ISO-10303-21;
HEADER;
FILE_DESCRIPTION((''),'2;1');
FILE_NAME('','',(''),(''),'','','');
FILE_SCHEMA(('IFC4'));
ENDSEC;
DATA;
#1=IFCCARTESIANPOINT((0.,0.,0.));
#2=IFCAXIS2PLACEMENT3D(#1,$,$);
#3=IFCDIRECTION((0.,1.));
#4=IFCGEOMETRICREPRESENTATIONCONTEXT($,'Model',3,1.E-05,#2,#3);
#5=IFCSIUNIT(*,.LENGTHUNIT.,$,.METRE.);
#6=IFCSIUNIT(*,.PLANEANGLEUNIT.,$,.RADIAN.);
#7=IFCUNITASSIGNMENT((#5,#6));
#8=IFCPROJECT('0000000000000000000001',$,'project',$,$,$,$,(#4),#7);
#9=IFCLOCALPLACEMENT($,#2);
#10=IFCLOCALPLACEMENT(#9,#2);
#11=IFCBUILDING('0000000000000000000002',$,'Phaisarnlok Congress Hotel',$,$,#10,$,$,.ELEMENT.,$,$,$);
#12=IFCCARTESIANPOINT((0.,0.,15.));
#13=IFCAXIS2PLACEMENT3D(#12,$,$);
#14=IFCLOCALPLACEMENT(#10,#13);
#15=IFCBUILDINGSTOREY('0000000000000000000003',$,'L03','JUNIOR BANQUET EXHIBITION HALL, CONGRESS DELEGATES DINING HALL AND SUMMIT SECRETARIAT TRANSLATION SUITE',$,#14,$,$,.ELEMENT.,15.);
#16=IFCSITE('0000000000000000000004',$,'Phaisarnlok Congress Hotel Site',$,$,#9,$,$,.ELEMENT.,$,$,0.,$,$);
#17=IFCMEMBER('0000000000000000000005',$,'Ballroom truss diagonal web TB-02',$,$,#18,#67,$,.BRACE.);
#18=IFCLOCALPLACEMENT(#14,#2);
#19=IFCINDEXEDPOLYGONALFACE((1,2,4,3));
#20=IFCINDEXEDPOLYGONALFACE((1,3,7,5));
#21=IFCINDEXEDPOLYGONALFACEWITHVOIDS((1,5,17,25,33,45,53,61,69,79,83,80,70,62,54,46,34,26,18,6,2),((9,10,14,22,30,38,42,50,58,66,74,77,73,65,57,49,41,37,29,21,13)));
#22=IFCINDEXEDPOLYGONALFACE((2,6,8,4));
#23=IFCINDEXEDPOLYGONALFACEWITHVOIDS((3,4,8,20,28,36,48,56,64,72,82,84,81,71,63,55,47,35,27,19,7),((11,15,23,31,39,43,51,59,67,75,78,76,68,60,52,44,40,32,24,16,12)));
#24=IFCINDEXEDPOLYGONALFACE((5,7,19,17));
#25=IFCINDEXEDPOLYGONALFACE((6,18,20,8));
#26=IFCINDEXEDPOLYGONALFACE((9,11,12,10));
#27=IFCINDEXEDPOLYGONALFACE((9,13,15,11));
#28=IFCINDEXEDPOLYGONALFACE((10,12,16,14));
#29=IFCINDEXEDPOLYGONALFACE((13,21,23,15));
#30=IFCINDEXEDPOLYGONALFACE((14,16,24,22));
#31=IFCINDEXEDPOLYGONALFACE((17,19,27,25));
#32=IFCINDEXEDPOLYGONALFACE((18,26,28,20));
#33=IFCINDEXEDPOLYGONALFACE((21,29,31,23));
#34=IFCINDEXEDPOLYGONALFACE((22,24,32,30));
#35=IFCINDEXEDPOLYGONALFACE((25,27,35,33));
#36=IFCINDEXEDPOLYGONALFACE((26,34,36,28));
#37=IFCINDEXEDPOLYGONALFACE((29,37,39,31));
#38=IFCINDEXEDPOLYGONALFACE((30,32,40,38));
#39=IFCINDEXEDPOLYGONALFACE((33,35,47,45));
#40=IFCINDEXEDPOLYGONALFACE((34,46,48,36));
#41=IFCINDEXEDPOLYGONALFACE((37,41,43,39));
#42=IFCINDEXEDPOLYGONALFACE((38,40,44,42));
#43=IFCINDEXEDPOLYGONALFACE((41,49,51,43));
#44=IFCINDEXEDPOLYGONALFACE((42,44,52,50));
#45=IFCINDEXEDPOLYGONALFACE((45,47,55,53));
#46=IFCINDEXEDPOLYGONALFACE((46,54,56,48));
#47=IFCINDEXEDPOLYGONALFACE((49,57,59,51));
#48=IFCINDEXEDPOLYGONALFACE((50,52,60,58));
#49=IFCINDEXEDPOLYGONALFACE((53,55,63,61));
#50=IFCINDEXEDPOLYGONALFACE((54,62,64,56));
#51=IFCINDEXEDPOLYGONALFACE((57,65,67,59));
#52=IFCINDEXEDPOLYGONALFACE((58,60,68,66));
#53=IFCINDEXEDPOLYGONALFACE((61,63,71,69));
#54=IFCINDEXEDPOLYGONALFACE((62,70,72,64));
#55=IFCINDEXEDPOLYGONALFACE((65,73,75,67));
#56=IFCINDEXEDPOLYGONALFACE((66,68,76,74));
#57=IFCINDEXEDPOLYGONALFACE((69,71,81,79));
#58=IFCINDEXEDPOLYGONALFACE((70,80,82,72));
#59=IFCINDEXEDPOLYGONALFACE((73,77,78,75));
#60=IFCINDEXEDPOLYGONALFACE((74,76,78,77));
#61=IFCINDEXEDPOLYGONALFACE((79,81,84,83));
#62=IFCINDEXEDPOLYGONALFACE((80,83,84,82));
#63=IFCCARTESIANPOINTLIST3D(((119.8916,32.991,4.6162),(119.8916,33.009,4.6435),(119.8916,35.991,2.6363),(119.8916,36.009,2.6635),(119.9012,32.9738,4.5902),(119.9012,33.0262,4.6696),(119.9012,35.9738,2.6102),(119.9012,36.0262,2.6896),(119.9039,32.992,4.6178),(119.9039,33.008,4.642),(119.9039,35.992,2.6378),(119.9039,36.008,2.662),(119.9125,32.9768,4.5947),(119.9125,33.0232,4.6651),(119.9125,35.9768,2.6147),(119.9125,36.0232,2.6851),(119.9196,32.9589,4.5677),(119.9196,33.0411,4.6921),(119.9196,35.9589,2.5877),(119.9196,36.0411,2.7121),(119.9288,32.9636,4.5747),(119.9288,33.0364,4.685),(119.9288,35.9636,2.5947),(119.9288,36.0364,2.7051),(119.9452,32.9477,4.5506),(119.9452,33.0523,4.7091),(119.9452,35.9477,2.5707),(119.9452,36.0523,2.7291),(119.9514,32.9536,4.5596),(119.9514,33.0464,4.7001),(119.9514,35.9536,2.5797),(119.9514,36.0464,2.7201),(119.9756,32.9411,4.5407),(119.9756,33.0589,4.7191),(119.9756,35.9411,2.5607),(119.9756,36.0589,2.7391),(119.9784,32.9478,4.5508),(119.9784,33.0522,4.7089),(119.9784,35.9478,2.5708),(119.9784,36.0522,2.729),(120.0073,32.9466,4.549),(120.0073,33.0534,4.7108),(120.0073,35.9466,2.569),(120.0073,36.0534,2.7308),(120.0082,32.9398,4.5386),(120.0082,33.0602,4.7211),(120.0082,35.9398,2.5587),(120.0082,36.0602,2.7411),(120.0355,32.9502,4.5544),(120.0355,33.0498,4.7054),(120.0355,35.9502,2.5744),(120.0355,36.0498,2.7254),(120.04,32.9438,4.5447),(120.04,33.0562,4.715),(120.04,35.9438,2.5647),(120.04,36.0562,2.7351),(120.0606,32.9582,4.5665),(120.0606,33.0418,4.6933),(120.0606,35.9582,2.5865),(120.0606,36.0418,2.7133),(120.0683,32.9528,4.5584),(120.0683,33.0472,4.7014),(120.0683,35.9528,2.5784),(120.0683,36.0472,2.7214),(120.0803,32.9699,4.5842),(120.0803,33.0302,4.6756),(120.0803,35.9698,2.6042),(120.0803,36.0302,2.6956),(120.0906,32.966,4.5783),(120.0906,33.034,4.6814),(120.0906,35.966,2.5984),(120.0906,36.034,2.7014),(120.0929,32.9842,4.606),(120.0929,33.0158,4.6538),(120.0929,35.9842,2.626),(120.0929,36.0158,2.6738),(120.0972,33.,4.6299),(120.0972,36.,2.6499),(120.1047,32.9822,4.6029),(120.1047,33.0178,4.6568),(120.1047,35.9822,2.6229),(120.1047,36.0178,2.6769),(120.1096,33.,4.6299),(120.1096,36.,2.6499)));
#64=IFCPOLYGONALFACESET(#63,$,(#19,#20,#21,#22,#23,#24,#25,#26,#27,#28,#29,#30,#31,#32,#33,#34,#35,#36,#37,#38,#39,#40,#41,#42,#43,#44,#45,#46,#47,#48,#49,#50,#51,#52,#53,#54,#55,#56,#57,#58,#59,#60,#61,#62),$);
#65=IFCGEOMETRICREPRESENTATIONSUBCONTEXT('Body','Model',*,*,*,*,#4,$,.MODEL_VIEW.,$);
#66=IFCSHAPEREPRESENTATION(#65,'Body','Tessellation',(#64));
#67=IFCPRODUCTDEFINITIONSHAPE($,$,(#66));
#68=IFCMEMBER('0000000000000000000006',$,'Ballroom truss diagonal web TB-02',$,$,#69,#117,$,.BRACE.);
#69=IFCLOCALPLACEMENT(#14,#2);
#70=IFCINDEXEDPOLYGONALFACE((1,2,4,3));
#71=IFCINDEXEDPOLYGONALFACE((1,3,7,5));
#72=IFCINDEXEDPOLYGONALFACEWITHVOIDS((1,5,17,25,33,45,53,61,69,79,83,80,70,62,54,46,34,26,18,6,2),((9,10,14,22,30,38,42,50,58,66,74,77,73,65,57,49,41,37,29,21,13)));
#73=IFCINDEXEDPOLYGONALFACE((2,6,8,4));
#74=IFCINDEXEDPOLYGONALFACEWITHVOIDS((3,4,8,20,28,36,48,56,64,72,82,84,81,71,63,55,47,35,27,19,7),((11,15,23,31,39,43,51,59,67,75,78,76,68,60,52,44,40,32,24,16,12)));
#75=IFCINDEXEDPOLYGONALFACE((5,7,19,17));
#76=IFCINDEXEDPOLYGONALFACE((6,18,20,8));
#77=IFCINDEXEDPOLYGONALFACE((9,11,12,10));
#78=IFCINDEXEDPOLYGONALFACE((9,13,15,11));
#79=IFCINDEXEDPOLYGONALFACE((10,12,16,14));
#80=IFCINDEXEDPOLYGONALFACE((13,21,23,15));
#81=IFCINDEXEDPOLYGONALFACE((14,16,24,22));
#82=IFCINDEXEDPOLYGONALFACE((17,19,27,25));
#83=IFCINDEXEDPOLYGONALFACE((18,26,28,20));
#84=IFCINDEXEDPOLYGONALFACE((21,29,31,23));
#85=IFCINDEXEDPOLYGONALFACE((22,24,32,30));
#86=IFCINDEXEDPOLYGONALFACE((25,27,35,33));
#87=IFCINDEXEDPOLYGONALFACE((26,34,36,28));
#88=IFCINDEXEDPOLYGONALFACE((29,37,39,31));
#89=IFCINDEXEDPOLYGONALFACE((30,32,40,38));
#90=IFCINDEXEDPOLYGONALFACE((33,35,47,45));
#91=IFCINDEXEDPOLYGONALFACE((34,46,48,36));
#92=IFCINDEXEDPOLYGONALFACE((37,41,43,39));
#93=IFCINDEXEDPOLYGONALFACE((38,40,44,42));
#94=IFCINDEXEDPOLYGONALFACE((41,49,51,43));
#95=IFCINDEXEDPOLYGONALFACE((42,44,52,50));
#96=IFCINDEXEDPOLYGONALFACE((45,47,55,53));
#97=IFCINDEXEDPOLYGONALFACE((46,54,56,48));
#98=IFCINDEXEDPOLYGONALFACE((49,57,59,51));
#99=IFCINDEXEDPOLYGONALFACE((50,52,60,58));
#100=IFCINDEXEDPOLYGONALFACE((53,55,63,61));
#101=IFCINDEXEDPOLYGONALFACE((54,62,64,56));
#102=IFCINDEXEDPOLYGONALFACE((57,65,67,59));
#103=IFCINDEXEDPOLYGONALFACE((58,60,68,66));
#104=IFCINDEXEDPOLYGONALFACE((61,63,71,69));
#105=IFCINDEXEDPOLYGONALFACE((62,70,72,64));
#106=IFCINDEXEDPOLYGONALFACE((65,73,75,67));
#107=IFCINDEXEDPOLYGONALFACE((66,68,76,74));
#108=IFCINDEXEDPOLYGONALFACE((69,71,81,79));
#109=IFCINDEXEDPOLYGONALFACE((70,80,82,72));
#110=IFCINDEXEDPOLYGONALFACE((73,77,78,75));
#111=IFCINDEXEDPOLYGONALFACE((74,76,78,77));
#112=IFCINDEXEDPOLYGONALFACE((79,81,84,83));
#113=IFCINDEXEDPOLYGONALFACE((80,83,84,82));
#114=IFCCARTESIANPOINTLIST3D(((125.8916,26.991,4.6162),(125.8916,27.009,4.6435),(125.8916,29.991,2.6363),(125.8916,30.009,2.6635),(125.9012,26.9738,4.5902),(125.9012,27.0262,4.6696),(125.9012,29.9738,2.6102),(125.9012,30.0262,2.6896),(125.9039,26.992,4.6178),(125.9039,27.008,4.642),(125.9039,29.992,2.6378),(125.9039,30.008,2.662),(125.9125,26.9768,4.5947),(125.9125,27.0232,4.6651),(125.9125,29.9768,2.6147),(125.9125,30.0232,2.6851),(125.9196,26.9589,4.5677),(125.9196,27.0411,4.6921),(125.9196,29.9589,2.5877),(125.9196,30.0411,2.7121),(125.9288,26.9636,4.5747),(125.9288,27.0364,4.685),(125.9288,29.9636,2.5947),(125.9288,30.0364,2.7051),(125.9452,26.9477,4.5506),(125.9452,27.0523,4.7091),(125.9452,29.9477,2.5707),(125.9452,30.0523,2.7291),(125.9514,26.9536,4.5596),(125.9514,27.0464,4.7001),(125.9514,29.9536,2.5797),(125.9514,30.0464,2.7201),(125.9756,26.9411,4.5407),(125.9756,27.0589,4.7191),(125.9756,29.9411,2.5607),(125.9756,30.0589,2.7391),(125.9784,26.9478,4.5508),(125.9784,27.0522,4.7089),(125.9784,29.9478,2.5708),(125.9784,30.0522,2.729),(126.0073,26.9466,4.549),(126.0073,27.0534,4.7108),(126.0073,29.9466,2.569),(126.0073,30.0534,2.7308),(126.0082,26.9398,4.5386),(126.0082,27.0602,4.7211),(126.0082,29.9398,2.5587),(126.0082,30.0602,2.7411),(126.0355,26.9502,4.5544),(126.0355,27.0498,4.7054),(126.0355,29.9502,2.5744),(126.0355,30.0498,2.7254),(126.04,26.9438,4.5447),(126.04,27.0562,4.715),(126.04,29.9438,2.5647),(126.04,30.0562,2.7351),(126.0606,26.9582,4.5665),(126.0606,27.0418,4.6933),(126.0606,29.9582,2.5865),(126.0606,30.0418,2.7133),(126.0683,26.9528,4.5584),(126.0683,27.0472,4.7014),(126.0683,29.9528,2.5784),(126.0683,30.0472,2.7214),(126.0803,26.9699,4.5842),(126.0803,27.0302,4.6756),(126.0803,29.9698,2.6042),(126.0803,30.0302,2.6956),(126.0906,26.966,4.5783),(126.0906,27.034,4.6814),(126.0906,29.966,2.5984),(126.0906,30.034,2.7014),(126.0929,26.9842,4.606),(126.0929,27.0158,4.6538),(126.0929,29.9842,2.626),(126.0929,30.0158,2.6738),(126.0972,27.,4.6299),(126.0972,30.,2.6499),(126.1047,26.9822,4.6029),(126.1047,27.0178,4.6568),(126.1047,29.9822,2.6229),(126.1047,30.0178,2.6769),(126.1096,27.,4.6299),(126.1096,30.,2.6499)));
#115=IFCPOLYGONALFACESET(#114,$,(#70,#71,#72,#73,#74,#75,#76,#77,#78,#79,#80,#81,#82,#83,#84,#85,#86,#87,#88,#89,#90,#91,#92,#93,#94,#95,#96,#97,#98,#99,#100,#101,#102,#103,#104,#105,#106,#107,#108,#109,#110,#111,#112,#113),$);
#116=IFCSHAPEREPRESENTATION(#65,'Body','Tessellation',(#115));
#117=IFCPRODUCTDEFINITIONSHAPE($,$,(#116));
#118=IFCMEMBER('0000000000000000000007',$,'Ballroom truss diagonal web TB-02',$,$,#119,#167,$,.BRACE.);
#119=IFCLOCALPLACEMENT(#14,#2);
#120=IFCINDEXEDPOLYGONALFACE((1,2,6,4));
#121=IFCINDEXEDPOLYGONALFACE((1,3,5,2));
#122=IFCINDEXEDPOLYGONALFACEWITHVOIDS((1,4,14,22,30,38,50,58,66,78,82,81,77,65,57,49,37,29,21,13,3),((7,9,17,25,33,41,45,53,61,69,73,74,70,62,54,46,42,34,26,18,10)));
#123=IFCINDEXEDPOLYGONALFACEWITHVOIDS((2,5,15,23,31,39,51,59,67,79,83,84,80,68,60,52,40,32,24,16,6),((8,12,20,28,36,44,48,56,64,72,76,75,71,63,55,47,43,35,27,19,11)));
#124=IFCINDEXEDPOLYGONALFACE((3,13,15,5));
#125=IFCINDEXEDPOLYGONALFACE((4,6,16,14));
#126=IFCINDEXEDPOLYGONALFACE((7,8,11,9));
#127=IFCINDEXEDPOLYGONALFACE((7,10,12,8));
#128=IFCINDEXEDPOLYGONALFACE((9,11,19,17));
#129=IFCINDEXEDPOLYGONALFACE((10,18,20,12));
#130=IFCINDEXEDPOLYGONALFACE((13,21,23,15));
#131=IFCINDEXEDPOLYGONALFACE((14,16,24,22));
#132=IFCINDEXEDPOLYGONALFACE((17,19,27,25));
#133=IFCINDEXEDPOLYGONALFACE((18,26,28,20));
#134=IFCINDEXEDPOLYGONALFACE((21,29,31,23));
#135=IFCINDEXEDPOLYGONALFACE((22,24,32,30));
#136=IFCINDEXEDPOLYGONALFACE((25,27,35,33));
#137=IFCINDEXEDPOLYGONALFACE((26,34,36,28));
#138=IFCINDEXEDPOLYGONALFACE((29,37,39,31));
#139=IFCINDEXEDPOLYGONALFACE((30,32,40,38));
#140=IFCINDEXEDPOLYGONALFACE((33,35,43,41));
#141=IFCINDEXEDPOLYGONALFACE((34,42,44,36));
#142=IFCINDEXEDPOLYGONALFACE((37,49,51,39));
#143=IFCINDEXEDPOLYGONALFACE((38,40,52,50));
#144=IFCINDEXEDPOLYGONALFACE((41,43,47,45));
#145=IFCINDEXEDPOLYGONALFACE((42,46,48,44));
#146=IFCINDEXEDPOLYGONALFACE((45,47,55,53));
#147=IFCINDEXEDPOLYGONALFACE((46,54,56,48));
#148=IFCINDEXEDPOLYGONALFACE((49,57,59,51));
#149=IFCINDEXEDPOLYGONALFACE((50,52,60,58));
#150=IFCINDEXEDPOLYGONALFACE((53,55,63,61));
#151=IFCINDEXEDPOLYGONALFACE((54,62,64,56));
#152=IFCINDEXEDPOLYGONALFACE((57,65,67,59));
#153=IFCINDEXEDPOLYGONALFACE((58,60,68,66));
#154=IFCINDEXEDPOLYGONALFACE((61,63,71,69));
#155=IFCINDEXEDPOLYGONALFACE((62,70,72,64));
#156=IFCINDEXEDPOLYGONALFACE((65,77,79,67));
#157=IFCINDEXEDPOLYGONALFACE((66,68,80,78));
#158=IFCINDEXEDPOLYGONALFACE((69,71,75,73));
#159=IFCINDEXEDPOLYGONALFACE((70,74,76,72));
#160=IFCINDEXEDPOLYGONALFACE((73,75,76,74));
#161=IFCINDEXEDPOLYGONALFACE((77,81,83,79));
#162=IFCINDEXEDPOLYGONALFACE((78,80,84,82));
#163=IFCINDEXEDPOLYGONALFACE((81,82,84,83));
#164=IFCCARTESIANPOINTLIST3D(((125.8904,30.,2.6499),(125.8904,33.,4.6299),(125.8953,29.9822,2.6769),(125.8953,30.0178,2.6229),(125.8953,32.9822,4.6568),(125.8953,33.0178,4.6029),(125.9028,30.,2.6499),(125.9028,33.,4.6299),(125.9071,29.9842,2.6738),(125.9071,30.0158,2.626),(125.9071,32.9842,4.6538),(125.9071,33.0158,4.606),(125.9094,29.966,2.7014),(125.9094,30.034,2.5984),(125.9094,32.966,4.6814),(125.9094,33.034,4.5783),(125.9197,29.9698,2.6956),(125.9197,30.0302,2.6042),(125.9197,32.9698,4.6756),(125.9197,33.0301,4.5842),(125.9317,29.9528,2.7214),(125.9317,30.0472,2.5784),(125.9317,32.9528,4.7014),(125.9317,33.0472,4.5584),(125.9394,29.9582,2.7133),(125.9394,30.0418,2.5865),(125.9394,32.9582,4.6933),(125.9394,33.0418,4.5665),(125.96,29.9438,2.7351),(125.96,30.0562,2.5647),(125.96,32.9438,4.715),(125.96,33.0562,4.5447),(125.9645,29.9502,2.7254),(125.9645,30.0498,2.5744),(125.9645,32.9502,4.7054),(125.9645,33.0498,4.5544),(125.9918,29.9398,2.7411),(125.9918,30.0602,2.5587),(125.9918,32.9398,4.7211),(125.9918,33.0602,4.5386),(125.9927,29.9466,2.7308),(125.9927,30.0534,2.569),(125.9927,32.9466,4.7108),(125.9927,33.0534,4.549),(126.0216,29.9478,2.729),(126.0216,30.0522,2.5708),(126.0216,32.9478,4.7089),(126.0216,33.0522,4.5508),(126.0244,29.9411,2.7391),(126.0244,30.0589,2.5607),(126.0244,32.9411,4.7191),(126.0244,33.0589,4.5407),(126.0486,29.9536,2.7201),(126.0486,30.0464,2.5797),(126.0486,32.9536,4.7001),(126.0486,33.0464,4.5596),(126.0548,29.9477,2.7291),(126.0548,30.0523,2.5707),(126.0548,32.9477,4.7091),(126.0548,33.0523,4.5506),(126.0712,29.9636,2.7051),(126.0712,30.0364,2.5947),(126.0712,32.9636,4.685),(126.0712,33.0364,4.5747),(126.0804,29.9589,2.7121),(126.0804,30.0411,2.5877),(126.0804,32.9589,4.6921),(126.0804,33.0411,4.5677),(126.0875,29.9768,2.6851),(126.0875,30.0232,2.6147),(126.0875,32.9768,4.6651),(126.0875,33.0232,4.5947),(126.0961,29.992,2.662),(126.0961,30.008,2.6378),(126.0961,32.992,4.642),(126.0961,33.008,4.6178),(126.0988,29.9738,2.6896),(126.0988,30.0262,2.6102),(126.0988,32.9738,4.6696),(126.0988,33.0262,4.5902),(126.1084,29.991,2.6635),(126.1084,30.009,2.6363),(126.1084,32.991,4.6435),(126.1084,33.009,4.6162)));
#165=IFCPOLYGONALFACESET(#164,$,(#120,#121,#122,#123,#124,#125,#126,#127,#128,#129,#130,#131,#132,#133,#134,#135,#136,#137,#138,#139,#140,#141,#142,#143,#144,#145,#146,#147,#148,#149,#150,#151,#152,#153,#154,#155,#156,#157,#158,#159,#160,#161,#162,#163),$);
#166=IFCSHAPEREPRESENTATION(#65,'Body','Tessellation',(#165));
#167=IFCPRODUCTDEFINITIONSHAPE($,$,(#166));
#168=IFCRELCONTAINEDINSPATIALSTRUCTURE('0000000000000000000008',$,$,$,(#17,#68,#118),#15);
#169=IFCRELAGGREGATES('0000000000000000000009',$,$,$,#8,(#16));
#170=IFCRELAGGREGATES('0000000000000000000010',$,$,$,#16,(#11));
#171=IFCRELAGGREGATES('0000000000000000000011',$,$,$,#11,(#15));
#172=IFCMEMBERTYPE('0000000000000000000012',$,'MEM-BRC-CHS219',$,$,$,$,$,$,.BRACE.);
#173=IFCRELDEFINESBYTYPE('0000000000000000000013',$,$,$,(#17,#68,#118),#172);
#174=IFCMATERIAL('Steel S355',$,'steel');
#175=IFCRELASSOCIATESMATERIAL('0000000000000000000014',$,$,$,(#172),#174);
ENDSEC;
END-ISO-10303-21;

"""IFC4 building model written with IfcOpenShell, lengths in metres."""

from ifc_helpers import new_model, si_unit, direction, frame, origin, origin_2d, place, context, subcontext, project, spatial, hollow_circle, extrude, material, material_profile, profile_set, type_object, element, save


model = new_model("IFC4")

# Units and contexts
model_context = context("Model", 3, precision=1e-05, world=origin(), true_north=direction((0.0, 1.0)))
body_context = subcontext(model_context, "Body", "Model", "MODEL_VIEW")
ifc_project = project(units=[si_unit("LENGTHUNIT", "METRE"), si_unit("PLANEANGLEUNIT", "RADIAN")], contexts=[model_context])

# Site, building, storey
site_placement = place(None, origin())
site = spatial("IfcSite", under=ifc_project, at=site_placement, Name="Phaisarnlok Congress Hotel Site", CompositionType="ELEMENT", RefElevation=0.0)
building_placement = place(site_placement, origin())
building = spatial("IfcBuilding", under=site, at=building_placement, Name="Phaisarnlok Congress Hotel", CompositionType="ELEMENT")
storey_placement = place(building_placement, frame((0.0, 0.0, 15.0)))
storey = spatial("IfcBuildingStorey", under=building, at=storey_placement, Name="L03", Description="JUNIOR BANQUET EXHIBITION HALL, CONGRESS DELEGATES DINING HALL AND SUMMIT SECRETARIAT TRANSLATION SUITE", CompositionType="ELEMENT", Elevation=15.0)

# Shared definitions
ifc_material_1 = material(Name="Steel S355", Category="steel")

# Members
ifc_material_profile_1 = material_profile(ifc_material_1, hollow_circle(Radius=0.1096, WallThickness=0.0125, at=origin_2d()), Name="CHS 219.1x12.5")
ifc_profile_set_1 = profile_set([ifc_material_profile_1], Name="Steel S355")
member_type_1 = type_object("IfcMemberType", Name="MEM-BRC-CHS219", PredefinedType="BRACE", material=ifc_profile_set_1)
for number, where, z_axis, x_axis, name in (
    (1, (120.0, 36.0, 2.6499), (0.0, -0.834612, 0.550838), (1.0, 0.0, 0.0), "Ballroom truss diagonal web TB-02"),
    (2, (126.0, 30.0, 2.6499), (0.0, -0.834612, 0.550838), (1.0, 0.0, 0.0), "Ballroom truss diagonal web TB-02"),
    (3, (126.0, 30.0, 2.6499), (0.0, 0.834612, 0.550838), (-1.0, 0.0, 0.0), "Ballroom truss diagonal web TB-02"),
):
    element("IfcMember", number, at=place(storey_placement, frame(where, z_axis=z_axis, x_axis=x_axis)), inside=storey, type_object=member_type_1, Name=name, PredefinedType="BRACE", context=body_context, shape_type="SweptSolid", body=[
        extrude(hollow_circle(Radius=0.1096, WallThickness=0.0125, at=origin_2d()), origin(), (0.0, 0.0, 1.0), 3.5945),
    ])

save(model, "model.ifc")
